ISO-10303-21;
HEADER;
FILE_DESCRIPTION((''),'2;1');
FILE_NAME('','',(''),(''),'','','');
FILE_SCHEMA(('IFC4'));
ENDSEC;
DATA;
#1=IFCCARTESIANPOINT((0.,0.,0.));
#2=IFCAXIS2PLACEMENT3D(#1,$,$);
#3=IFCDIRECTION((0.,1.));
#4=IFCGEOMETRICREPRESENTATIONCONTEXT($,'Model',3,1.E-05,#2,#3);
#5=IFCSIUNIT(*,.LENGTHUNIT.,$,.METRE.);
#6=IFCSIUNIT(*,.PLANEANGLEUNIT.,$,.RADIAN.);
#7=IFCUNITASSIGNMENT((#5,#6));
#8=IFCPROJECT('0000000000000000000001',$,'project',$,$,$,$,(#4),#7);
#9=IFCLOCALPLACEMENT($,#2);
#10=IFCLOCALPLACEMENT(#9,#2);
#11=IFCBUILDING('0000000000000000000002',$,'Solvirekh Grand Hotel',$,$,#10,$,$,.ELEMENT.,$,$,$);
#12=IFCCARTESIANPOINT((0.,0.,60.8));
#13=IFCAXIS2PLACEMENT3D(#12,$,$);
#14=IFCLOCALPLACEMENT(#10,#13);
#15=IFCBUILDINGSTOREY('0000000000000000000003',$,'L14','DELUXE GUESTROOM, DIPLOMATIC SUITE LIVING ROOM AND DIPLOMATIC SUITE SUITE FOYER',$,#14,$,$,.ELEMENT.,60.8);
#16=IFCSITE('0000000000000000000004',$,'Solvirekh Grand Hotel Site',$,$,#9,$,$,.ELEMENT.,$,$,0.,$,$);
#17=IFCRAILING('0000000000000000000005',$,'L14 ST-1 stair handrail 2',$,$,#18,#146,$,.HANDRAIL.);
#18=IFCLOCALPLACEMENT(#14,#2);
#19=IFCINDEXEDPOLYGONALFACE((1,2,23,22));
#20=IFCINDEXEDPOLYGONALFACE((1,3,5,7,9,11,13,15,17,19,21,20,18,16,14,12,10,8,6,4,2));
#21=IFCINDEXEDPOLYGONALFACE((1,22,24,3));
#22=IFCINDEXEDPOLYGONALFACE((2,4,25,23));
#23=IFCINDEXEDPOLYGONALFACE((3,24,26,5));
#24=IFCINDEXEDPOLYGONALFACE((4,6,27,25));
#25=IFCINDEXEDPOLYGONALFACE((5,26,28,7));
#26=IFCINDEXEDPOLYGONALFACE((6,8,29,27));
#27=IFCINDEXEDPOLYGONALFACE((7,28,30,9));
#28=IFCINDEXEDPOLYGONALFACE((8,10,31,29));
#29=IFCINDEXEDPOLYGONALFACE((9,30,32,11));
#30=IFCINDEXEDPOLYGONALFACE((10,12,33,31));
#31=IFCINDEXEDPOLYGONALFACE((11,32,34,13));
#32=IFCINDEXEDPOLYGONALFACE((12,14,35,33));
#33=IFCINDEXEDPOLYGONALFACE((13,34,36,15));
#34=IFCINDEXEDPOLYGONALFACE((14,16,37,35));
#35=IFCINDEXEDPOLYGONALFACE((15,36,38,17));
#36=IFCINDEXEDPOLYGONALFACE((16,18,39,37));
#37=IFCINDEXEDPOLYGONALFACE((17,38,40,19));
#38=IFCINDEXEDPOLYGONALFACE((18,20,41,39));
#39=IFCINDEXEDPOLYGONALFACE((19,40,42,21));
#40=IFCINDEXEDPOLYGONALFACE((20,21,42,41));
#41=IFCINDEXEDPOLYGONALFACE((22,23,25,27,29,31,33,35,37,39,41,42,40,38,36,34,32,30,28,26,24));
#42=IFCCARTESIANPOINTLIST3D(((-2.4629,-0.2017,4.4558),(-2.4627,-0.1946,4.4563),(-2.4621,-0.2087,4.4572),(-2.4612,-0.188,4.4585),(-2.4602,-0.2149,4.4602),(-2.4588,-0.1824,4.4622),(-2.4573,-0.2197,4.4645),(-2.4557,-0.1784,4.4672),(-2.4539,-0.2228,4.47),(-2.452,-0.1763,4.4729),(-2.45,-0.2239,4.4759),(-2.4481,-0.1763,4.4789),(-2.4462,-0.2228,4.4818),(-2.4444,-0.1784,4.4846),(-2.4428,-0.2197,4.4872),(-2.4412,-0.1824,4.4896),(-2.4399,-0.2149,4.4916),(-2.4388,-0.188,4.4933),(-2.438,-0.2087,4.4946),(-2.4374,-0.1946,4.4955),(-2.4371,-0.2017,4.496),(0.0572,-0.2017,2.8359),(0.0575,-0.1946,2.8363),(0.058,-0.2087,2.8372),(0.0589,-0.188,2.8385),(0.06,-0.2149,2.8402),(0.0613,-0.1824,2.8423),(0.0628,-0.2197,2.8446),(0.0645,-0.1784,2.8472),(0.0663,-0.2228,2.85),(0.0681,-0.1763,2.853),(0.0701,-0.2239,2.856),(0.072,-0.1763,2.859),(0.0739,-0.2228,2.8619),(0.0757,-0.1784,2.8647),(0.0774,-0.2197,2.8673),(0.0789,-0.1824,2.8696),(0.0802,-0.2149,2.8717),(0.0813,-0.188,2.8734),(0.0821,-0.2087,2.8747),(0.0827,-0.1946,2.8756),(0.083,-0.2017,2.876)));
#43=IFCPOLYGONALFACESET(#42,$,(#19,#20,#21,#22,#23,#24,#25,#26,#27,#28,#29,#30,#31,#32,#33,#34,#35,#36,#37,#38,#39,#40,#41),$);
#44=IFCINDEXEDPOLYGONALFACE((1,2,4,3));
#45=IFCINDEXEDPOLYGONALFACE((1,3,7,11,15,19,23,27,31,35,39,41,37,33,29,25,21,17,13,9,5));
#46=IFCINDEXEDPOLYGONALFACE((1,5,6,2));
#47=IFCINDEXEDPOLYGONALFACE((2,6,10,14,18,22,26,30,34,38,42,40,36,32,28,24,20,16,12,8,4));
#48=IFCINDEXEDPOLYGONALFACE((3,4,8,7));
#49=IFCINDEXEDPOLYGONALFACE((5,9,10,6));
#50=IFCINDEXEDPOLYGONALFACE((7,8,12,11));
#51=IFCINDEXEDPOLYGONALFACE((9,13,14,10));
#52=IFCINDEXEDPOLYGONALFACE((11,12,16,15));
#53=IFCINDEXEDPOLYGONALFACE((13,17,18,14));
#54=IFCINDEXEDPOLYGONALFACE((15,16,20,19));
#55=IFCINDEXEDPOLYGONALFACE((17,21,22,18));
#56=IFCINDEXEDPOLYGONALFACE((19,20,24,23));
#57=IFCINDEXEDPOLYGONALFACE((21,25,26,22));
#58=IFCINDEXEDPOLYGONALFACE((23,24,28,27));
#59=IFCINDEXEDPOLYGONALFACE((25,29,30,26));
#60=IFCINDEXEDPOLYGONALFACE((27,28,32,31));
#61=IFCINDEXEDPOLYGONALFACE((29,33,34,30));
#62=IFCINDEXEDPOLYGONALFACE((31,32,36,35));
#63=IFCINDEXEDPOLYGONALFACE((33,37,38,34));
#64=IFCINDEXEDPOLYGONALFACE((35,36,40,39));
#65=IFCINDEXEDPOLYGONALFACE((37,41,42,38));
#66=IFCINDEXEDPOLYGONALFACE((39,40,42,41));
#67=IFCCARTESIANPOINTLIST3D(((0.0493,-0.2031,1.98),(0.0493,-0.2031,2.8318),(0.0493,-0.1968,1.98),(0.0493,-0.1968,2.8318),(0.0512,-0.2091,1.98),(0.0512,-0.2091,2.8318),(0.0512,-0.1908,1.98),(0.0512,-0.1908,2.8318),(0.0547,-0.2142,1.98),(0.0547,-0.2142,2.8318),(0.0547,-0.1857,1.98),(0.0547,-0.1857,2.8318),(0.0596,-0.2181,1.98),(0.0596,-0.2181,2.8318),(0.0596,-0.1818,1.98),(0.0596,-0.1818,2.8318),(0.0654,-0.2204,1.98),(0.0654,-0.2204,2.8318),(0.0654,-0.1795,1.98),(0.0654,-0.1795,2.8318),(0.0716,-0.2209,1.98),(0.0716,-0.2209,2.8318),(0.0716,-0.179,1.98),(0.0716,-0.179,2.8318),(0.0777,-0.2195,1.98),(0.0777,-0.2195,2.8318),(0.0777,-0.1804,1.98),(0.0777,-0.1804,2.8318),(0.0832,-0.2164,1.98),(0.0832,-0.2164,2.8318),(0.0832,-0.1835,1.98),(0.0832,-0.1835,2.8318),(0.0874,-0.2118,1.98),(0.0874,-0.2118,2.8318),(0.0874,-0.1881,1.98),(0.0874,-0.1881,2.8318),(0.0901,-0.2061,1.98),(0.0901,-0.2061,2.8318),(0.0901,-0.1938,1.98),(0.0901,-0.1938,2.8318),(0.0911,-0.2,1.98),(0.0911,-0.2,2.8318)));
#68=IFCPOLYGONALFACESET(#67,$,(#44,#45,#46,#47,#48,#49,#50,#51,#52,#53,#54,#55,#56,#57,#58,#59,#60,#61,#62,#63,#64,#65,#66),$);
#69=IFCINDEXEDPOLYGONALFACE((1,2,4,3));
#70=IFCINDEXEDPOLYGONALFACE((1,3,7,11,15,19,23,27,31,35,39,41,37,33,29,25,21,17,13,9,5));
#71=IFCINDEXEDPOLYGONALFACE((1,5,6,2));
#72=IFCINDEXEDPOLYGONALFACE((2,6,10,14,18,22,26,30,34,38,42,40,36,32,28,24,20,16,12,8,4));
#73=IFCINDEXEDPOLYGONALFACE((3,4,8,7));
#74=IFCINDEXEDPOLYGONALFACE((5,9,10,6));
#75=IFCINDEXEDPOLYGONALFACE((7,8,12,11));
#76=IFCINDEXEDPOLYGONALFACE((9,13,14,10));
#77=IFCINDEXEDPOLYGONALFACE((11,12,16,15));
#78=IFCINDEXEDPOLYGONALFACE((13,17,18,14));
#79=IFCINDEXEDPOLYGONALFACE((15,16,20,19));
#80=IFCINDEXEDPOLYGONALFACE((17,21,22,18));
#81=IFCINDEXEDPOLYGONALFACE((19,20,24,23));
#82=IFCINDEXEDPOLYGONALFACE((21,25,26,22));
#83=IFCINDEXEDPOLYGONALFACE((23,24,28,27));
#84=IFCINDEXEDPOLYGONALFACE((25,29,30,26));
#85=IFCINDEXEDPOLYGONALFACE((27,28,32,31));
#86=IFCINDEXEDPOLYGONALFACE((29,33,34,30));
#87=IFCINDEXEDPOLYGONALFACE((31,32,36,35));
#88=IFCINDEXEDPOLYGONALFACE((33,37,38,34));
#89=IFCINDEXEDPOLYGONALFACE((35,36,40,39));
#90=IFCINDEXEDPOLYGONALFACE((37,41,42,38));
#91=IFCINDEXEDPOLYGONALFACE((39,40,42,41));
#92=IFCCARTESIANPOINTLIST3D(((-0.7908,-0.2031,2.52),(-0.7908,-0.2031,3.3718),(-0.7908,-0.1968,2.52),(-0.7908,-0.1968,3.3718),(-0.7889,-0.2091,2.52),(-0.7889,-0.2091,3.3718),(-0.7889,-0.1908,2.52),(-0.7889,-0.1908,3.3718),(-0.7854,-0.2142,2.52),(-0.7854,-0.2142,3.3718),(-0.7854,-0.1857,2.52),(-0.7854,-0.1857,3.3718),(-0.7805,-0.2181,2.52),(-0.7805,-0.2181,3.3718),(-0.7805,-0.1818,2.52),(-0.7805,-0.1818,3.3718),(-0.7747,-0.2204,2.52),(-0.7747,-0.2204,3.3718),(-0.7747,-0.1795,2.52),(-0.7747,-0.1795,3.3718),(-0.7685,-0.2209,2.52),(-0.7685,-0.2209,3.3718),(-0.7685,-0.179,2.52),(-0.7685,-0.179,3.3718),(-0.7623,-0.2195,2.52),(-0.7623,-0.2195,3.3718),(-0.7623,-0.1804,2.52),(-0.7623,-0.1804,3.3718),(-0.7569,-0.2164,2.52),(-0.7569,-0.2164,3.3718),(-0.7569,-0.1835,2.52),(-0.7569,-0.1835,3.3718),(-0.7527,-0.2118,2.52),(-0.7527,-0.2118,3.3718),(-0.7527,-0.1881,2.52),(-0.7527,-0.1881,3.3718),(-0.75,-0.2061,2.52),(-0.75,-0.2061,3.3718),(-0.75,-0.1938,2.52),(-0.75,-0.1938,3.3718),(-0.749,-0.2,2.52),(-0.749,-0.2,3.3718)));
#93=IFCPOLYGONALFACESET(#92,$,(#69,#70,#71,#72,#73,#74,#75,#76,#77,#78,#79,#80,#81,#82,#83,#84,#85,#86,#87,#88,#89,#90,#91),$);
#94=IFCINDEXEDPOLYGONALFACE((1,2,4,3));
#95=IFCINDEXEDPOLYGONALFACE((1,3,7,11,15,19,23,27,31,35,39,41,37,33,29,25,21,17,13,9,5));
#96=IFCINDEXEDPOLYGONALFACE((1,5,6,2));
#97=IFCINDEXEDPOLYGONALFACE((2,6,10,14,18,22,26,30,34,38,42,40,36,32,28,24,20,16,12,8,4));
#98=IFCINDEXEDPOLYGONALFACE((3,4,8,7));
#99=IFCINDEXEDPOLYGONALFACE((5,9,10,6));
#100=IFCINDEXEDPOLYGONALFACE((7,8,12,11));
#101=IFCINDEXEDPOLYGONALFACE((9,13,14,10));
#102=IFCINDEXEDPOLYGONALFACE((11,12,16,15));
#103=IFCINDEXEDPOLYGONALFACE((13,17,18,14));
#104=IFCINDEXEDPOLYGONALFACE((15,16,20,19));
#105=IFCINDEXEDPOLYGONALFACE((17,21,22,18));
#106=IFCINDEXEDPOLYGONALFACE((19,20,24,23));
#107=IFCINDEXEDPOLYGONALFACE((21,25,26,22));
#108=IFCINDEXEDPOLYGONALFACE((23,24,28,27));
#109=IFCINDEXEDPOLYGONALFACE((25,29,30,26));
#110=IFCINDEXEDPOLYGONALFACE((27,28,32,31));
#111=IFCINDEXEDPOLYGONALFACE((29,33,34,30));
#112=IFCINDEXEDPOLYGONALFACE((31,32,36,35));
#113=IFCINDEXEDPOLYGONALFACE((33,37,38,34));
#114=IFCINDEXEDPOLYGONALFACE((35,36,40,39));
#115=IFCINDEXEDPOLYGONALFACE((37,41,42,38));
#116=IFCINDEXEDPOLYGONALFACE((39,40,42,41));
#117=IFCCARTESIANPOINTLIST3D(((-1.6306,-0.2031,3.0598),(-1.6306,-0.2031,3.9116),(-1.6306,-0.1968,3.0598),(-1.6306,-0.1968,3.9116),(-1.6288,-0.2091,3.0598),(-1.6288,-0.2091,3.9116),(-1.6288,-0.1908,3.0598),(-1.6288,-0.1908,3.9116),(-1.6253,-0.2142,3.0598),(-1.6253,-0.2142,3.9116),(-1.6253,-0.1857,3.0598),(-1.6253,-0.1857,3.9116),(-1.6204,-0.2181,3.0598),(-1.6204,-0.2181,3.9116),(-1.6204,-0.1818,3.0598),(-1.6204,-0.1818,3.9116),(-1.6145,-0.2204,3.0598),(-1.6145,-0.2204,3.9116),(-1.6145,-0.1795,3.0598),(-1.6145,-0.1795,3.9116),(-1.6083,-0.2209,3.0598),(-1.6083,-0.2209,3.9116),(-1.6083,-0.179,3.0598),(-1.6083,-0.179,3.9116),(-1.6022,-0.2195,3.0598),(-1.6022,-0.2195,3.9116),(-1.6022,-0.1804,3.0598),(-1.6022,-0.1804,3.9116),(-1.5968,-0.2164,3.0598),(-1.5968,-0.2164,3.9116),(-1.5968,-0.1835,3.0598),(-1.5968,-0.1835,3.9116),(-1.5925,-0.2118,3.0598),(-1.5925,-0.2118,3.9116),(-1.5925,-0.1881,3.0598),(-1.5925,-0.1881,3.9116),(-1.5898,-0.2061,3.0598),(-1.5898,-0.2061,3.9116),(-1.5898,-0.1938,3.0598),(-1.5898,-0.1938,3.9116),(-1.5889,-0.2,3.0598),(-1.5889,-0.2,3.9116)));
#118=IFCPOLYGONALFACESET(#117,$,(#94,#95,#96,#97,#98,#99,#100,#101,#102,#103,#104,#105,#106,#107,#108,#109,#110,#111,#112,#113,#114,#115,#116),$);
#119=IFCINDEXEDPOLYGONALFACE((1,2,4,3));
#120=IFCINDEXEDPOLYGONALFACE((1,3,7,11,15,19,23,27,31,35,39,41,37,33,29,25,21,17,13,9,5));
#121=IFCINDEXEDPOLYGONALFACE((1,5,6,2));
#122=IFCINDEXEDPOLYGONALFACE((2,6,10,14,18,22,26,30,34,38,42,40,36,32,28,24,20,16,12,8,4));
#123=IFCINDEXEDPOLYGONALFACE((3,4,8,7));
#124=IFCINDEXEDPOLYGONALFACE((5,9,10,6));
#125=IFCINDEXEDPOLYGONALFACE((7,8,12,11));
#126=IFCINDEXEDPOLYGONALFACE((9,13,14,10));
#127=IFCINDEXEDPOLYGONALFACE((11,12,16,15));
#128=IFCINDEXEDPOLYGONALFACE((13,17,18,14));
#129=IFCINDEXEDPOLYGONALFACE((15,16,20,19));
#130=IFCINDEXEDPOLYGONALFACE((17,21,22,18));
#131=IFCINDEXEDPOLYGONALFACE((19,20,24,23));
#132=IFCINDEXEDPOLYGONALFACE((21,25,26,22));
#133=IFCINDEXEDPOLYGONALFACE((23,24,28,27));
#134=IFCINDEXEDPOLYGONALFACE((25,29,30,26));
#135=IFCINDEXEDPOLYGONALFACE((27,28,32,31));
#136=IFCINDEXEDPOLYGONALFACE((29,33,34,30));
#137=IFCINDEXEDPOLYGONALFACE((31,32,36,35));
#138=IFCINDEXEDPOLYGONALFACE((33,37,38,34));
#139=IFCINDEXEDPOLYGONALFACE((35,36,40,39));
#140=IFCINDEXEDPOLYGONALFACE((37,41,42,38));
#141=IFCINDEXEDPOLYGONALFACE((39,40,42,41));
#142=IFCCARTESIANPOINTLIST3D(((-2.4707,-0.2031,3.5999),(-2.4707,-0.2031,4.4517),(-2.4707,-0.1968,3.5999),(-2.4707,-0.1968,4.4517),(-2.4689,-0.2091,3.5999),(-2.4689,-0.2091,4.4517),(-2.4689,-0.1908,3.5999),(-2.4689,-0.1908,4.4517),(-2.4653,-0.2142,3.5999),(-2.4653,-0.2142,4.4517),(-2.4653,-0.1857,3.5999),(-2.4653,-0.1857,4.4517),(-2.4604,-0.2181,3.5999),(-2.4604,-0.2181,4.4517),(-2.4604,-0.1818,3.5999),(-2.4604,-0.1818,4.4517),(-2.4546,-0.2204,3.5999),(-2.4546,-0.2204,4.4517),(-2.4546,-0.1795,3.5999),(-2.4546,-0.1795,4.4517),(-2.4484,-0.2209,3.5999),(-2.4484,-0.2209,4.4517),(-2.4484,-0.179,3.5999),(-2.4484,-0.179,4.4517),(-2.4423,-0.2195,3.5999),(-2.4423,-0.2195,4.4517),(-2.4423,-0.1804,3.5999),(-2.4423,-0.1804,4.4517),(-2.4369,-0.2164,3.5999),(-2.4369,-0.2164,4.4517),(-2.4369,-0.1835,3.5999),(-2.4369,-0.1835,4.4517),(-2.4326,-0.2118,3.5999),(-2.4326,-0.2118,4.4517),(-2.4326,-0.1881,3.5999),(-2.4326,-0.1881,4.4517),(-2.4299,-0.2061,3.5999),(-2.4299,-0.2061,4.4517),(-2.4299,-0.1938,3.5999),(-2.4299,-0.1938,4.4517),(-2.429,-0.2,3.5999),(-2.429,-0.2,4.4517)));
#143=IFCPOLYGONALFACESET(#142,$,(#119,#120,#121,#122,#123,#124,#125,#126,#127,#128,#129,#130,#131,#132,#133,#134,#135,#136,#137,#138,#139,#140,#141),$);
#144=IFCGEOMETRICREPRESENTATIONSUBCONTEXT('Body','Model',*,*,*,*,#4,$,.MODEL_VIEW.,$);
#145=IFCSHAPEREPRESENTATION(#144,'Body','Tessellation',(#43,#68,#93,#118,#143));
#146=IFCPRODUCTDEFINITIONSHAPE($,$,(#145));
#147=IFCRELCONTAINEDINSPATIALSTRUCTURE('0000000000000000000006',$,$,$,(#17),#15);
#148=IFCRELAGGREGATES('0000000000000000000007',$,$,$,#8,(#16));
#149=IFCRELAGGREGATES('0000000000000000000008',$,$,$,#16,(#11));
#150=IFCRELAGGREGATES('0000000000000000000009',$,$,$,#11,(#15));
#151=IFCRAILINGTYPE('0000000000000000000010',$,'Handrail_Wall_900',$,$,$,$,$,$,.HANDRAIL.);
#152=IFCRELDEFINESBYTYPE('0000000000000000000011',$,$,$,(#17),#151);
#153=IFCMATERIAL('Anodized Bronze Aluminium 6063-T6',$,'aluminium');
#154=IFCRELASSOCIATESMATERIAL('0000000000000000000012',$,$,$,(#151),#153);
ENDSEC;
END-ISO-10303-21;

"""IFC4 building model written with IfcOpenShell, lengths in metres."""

from ifc_helpers import new_model, si_unit, direction, frame, origin, origin_2d, place, context, subcontext, project, spatial, circle, extrude, material, type_object, element, save


model = new_model("IFC4")

# Units and contexts
model_context = context("Model", 3, precision=1e-05, world=origin(), true_north=direction((0.0, 1.0)))
body_context = subcontext(model_context, "Body", "Model", "MODEL_VIEW")
ifc_project = project(units=[si_unit("LENGTHUNIT", "METRE"), si_unit("PLANEANGLEUNIT", "RADIAN")], contexts=[model_context])

# Site, building, storey
site_placement = place(None, origin())
site = spatial("IfcSite", under=ifc_project, at=site_placement, Name="Solvirekh Grand Hotel Site", CompositionType="ELEMENT", RefElevation=0.0)
building_placement = place(site_placement, origin())
building = spatial("IfcBuilding", under=site, at=building_placement, Name="Solvirekh Grand Hotel", CompositionType="ELEMENT")
storey_placement = place(building_placement, frame((0.0, 0.0, 60.8)))
storey = spatial("IfcBuildingStorey", under=building, at=storey_placement, Name="L14", Description="DELUXE GUESTROOM, DIPLOMATIC SUITE LIVING ROOM AND DIPLOMATIC SUITE SUITE FOYER", CompositionType="ELEMENT", Elevation=60.8)

# Railing
ifc_material_1 = material(Name="Anodized Bronze Aluminium 6063-T6", Category="aluminium")
railing_type_1 = type_object("IfcRailingType", Name="Handrail_Wall_900", PredefinedType="HANDRAIL", material=ifc_material_1)
railing_1_placement = place(storey_placement, frame((0.0701, -0.2, 1.98)))
element("IfcRailing", 1, at=railing_1_placement, inside=storey, type_object=railing_type_1, Name="L14 ST-1 stair handrail 2", PredefinedType="HANDRAIL", context=body_context, shape_type="SweptSolid", body=[
    extrude(circle(Radius=0.0239, at=origin_2d()), frame((0.0, 0.0, 0.876), z_axis=(-0.8412, 0.0, 0.540725), x_axis=(0.0, -1.0, 0.0)), (0.0, 0.0, 1.0), 2.9958),
    extrude(circle(Radius=0.021, at=origin_2d()), origin(), (0.0, 0.0, 1.0), 0.8518),
    extrude(circle(Radius=0.021, at=origin_2d()), frame((-0.8401, 0.0, 0.54)), (0.0, 0.0, 1.0), 0.8518),
    extrude(circle(Radius=0.021, at=origin_2d()), frame((-1.6799, 0.0, 1.0798)), (0.0, 0.0, 1.0), 0.8518),
    extrude(circle(Radius=0.021, at=origin_2d()), frame((-2.52, 0.0, 1.6199)), (0.0, 0.0, 1.0), 0.8518),
])

save(model, "model.ifc")
